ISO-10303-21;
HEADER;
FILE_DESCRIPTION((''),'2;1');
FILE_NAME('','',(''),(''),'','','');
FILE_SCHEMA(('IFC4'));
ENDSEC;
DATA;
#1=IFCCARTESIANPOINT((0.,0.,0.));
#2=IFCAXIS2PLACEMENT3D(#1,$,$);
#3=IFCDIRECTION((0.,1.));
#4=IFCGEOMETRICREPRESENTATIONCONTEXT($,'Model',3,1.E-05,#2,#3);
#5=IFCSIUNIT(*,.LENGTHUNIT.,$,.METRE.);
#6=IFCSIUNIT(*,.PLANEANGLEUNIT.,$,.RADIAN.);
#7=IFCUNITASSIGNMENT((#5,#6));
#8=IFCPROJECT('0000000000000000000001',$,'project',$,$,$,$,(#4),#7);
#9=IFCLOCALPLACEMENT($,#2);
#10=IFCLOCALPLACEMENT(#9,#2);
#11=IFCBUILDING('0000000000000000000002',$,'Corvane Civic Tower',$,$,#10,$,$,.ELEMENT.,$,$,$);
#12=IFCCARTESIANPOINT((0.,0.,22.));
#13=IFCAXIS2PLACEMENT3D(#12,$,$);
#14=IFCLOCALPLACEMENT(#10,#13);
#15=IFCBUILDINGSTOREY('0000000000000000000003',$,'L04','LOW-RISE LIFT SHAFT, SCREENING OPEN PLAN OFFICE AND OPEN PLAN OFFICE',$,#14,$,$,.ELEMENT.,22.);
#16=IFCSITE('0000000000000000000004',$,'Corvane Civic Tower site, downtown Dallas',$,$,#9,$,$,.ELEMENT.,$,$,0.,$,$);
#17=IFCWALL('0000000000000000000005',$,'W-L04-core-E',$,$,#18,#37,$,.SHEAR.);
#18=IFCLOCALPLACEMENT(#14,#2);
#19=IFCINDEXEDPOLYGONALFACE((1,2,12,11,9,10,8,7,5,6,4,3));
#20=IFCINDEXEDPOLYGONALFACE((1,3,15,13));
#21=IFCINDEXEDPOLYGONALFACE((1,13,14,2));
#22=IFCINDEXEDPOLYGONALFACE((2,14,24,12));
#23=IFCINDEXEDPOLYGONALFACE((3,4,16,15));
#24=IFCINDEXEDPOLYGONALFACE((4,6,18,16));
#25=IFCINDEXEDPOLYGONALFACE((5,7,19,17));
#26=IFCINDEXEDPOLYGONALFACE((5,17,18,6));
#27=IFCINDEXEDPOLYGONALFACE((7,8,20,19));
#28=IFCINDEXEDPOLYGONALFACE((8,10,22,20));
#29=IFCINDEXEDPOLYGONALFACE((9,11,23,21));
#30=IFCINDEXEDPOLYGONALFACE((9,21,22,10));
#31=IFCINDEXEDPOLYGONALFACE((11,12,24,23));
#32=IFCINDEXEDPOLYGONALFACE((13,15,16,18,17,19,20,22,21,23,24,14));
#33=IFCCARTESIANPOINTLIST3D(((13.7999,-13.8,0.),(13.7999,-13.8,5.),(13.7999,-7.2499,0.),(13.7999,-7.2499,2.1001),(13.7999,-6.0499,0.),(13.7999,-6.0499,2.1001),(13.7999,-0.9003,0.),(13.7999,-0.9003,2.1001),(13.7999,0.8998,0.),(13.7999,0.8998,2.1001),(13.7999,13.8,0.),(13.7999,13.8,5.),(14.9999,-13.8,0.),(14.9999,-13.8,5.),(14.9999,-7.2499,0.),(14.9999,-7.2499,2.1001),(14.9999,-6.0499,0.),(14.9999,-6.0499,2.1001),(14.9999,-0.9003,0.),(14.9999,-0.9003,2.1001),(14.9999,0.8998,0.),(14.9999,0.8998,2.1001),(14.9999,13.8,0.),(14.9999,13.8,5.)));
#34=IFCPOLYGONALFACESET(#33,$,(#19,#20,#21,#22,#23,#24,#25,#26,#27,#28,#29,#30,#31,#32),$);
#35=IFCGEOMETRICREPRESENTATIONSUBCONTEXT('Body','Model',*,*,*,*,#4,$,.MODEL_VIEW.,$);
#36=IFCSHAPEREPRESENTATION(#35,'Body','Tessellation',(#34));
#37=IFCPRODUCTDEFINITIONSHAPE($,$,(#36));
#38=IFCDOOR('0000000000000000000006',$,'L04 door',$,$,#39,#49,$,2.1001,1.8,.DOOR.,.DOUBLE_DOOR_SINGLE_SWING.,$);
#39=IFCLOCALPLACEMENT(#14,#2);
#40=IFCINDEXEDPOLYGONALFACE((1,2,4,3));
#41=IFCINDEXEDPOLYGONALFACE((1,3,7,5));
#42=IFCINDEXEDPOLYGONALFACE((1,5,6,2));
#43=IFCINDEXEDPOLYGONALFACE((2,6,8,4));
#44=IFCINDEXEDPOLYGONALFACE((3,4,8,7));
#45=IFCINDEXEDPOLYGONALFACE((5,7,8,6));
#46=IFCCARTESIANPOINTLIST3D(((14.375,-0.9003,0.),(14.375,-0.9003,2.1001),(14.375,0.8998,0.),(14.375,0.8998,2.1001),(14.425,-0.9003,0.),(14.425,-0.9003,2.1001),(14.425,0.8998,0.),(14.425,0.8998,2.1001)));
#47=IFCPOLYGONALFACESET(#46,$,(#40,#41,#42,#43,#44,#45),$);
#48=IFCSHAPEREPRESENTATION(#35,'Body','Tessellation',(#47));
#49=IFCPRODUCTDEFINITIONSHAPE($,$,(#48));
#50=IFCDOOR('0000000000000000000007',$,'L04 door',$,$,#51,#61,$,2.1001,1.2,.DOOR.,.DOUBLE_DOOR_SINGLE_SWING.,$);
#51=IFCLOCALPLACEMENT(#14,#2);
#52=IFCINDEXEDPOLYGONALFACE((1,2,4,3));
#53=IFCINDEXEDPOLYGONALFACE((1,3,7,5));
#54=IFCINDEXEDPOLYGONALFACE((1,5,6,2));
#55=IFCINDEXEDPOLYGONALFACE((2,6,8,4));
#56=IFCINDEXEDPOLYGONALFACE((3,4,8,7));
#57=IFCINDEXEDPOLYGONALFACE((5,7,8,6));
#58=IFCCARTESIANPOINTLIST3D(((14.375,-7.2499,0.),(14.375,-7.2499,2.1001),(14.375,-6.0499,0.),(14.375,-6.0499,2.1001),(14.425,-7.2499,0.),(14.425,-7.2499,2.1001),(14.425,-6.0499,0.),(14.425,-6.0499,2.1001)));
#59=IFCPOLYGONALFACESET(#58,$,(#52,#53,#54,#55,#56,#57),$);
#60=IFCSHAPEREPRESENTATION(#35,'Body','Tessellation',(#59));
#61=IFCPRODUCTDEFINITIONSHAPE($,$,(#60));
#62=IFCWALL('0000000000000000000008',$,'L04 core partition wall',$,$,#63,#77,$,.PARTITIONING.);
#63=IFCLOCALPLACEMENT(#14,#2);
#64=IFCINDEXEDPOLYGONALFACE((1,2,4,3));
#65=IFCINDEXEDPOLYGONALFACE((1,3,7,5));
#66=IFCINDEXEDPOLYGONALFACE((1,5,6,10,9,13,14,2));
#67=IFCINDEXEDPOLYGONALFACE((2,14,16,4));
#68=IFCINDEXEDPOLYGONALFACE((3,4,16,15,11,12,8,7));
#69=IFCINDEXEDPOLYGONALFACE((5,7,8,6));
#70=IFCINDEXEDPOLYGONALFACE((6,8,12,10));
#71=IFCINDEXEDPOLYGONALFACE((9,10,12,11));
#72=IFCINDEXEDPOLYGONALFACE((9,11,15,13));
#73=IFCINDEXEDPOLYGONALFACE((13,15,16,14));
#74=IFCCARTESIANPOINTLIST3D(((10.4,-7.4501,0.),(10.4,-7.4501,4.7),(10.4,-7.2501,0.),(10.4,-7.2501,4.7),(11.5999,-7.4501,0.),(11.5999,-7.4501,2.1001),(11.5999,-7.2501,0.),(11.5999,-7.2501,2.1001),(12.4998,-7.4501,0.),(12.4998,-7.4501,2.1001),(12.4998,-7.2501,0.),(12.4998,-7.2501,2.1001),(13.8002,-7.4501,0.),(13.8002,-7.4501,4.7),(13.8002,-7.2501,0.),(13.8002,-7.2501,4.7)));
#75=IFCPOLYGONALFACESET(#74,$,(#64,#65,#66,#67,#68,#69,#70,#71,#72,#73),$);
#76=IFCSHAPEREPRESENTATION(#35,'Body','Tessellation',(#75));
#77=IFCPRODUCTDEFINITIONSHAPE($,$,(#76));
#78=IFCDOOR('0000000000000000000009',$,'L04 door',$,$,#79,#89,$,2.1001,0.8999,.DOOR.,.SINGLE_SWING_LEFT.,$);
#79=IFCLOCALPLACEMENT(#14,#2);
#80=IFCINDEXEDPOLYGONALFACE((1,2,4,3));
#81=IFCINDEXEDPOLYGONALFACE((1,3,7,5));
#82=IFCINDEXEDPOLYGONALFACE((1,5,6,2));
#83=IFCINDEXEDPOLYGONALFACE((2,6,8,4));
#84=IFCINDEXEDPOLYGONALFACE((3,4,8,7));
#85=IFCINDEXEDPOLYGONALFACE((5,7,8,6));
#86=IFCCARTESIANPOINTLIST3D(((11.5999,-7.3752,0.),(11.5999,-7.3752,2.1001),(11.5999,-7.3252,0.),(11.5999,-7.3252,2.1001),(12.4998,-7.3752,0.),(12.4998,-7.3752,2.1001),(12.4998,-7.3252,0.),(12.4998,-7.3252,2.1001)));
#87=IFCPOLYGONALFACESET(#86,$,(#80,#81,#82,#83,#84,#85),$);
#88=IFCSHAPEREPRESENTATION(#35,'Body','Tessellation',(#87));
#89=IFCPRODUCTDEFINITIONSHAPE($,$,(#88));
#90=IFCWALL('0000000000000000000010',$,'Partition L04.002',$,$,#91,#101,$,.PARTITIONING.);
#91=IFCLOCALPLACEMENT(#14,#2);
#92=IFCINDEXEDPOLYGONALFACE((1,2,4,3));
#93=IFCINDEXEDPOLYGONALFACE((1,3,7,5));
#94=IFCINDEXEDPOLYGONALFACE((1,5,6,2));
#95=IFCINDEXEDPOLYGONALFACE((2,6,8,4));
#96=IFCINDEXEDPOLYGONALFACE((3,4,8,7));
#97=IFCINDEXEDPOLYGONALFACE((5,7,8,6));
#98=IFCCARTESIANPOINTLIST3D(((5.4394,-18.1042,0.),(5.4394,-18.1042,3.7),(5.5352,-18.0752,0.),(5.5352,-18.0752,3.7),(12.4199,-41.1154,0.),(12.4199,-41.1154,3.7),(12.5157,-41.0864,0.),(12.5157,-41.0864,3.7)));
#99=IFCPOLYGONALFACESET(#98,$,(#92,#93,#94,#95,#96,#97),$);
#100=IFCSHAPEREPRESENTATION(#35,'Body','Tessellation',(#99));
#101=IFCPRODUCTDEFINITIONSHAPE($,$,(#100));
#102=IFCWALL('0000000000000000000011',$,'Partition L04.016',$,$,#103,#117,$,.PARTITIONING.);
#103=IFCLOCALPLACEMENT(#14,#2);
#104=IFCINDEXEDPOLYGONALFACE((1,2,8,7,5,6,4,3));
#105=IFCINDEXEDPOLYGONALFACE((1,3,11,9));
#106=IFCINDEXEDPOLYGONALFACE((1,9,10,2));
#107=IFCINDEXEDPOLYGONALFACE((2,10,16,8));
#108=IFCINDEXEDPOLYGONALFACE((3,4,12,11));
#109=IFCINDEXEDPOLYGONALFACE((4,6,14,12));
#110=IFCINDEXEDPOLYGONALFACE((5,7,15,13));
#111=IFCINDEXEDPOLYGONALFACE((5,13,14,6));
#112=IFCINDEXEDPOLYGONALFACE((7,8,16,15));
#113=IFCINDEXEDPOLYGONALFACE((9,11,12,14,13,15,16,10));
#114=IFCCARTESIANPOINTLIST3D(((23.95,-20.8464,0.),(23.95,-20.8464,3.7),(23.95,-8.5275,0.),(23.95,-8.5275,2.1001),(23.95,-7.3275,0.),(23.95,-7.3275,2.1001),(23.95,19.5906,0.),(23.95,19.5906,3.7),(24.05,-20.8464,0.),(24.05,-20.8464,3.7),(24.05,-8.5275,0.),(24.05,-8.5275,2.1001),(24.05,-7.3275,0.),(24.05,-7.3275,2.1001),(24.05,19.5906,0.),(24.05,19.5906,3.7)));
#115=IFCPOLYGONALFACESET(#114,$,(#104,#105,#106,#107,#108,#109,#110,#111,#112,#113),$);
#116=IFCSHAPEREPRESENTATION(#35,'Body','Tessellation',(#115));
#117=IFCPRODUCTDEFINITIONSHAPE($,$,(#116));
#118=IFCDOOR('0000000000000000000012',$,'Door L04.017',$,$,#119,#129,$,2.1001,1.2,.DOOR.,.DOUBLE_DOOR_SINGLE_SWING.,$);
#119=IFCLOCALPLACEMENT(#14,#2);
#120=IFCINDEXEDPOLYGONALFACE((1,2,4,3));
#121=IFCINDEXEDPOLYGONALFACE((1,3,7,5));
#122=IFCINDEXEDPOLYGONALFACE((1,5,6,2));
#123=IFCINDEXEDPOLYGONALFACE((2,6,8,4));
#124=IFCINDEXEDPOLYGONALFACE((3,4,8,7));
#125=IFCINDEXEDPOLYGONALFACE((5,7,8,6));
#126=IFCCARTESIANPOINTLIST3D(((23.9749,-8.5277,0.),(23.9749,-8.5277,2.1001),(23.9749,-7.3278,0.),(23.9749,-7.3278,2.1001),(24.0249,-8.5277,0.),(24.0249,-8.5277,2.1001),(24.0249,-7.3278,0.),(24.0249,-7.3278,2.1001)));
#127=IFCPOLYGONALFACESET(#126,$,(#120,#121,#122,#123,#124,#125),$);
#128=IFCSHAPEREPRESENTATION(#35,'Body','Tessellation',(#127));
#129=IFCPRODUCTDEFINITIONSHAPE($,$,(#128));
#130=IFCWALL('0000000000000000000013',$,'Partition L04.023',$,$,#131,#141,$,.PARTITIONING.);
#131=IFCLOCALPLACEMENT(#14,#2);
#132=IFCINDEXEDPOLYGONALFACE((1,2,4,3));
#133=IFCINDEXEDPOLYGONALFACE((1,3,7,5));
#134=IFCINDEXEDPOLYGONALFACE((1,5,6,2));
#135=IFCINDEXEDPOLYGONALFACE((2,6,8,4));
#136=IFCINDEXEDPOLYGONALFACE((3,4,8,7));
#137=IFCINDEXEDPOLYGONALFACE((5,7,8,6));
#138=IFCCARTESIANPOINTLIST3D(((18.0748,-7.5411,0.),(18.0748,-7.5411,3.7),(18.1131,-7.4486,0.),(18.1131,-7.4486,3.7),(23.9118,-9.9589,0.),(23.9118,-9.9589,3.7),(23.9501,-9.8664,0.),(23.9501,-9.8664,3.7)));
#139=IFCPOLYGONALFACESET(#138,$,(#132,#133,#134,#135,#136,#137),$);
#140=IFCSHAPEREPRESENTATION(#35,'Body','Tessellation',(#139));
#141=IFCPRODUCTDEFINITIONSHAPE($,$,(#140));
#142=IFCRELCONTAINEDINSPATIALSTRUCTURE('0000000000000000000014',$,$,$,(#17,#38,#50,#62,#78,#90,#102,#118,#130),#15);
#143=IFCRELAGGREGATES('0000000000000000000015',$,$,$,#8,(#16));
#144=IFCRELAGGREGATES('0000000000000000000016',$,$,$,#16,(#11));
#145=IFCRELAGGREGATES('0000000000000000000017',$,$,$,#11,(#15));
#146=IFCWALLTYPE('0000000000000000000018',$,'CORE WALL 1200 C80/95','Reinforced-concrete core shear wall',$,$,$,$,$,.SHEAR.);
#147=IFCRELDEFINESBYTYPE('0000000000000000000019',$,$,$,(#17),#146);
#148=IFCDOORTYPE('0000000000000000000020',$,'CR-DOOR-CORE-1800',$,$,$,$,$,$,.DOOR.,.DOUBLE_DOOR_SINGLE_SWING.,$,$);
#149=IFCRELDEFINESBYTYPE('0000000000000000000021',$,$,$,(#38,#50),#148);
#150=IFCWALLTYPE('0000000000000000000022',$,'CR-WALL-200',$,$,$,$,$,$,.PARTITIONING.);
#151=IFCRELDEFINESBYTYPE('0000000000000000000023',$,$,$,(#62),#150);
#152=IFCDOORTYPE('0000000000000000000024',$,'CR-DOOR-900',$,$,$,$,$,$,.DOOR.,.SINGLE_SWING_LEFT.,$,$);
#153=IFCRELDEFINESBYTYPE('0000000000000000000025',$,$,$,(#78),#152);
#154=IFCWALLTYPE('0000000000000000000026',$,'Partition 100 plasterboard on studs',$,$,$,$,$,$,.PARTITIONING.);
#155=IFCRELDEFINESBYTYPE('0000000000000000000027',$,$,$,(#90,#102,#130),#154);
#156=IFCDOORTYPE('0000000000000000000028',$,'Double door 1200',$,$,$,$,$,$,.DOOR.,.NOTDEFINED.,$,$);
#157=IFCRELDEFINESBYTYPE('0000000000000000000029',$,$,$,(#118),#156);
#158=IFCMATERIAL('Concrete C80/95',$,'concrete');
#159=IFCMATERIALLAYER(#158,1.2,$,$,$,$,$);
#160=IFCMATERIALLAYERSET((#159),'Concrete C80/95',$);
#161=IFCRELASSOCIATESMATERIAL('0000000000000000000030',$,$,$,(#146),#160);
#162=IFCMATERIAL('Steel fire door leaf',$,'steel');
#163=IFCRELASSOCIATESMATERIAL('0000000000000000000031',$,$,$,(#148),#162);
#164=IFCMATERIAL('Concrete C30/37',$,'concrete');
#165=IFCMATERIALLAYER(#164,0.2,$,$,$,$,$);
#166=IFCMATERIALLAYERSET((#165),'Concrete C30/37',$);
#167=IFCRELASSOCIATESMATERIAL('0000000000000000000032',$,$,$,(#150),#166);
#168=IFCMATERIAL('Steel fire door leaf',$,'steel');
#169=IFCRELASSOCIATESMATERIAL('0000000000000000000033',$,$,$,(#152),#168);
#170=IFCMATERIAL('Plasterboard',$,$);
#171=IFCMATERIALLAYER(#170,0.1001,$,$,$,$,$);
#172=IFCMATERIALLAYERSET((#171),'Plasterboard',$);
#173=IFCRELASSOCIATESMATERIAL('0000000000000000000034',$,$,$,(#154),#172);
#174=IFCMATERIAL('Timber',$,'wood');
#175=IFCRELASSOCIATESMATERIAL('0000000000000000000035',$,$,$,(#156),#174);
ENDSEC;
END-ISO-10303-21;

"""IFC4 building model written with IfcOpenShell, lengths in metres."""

from ifc_helpers import new_model, si_unit, direction, frame, frame_2d, origin, place, context, subcontext, project, spatial, rectangle, extrude, material, layer, layer_set, type_object, element, fill, save


model = new_model("IFC4")

# Units and contexts
model_context = context("Model", 3, precision=1e-05, world=origin(), true_north=direction((0.0, 1.0)))
body_context = subcontext(model_context, "Body", "Model", "MODEL_VIEW")
ifc_project = project(units=[si_unit("LENGTHUNIT", "METRE"), si_unit("PLANEANGLEUNIT", "RADIAN")], contexts=[model_context])

# Site, building, storey
site_placement = place(None, origin())
site = spatial("IfcSite", under=ifc_project, at=site_placement, Name="Corvane Civic Tower site, downtown Dallas", CompositionType="ELEMENT", RefElevation=0.0)
building_placement = place(site_placement, origin())
building = spatial("IfcBuilding", under=site, at=building_placement, Name="Corvane Civic Tower", CompositionType="ELEMENT")
storey_placement = place(building_placement, frame((0.0, 0.0, 22.0)))
storey = spatial("IfcBuildingStorey", under=building, at=storey_placement, Name="L04", Description="LOW-RISE LIFT SHAFT, SCREENING OPEN PLAN OFFICE AND OPEN PLAN OFFICE", CompositionType="ELEMENT", Elevation=22.0)

# Wall, openings, doors
ifc_material_1 = material(Name="Concrete C80/95", Category="concrete")
ifc_layer_1 = layer(ifc_material_1, 1.2)
ifc_layer_set_1 = layer_set([ifc_layer_1], Name="Concrete C80/95")
wall_type_1 = type_object("IfcWallType", Name="CORE WALL 1200 C80/95", Description="Reinforced-concrete core shear wall", PredefinedType="SHEAR", material=ifc_layer_set_1)
wall_1_placement = place(storey_placement, frame((14.3999, -13.8, 0.0), z_axis=(0.0, 0.0, 1.0), x_axis=(0.0, 1.0, 0.0)))
wall_1 = element("IfcWall", 1, at=wall_1_placement, inside=storey, type_object=wall_type_1, Name="W-L04-core-E", PredefinedType="SHEAR", context=body_context, shape_type="SweptSolid", body=[
    extrude(rectangle(XDim=27.6001, YDim=1.2, at=frame_2d((13.8, 0.0))), origin(), (0.0, 0.0, 1.0), 5.0),
])
opening_1_placement = place(wall_1_placement, frame((12.8999, 0.0, 0.0)))
opening_1 = element("IfcOpeningElement", 2, at=opening_1_placement, cuts=wall_1, PredefinedType="OPENING", context=body_context, shape_type="SweptSolid", body=[
    extrude(rectangle(XDim=1.8, YDim=2.1001, at=frame_2d((0.8999, 1.05))), frame((0.0, 0.6099, 0.0), z_axis=(0.0, -1.0, 0.0), x_axis=(1.0, 0.0, 0.0)), (0.0, 0.0, 1.0), 1.22),
])
opening_2_placement = place(wall_1_placement, frame((6.55, 0.0, 0.0)))
opening_2 = element("IfcOpeningElement", 3, at=opening_2_placement, cuts=wall_1, PredefinedType="OPENING", context=body_context, shape_type="SweptSolid", body=[
    extrude(rectangle(XDim=1.2, YDim=2.1001, at=frame_2d((0.6001, 1.05))), frame((0.0, 0.6099, 0.0), z_axis=(0.0, -1.0, 0.0), x_axis=(1.0, 0.0, 0.0)), (0.0, 0.0, 1.0), 1.22),
])
ifc_material_2 = material(Name="Steel fire door leaf", Category="steel")
door_type_1 = type_object("IfcDoorType", Name="CR-DOOR-CORE-1800", OperationType="DOUBLE_DOOR_SINGLE_SWING", PredefinedType="DOOR", material=ifc_material_2)
door_1_placement = place(opening_1_placement, origin())
door_1 = element("IfcDoor", 4, at=door_1_placement, inside=storey, type_object=door_type_1, Name="L04 door", OperationType="DOUBLE_DOOR_SINGLE_SWING", OverallHeight=2.1001, OverallWidth=1.8, PredefinedType="DOOR", context=body_context, shape_type="SweptSolid", body=[
    extrude(rectangle(XDim=1.8, YDim=2.1001, at=frame_2d((0.8999, 1.05))), frame((0.0, 0.0249, 0.0), z_axis=(0.0, -1.0, 0.0), x_axis=(1.0, 0.0, 0.0)), (0.0, 0.0, 1.0), 0.05),
])
fill(opening_1, door_1)
door_2_placement = place(opening_2_placement, origin())
door_2 = element("IfcDoor", 5, at=door_2_placement, inside=storey, type_object=door_type_1, Name="L04 door", OperationType="DOUBLE_DOOR_SINGLE_SWING", OverallHeight=2.1001, OverallWidth=1.2, PredefinedType="DOOR", context=body_context, shape_type="SweptSolid", body=[
    extrude(rectangle(XDim=1.2, YDim=2.1001, at=frame_2d((0.6001, 1.05))), frame((0.0, 0.0249, 0.0), z_axis=(0.0, -1.0, 0.0), x_axis=(1.0, 0.0, 0.0)), (0.0, 0.0, 1.0), 0.05),
])
fill(opening_2, door_2)

# Wall, opening, door
ifc_material_3 = material(Name="Concrete C30/37", Category="concrete")
ifc_layer_2 = layer(ifc_material_3, 0.2)
ifc_layer_set_2 = layer_set([ifc_layer_2], Name="Concrete C30/37")
wall_type_2 = type_object("IfcWallType", Name="CR-WALL-200", PredefinedType="PARTITIONING", material=ifc_layer_set_2)
wall_2_placement = place(storey_placement, frame((10.3999, -7.3501, 0.0), z_axis=(0.0, 0.0, 1.0), x_axis=(1.0, 0.0, 0.0)))
wall_2 = element("IfcWall", 6, at=wall_2_placement, inside=storey, type_object=wall_type_2, Name="L04 core partition wall", PredefinedType="PARTITIONING", context=body_context, shape_type="SweptSolid", body=[
    extrude(rectangle(XDim=3.4001, YDim=0.2, at=frame_2d((1.7002, 0.0))), origin(), (0.0, 0.0, 1.0), 4.7),
])
opening_3_placement = place(wall_2_placement, frame((1.2, 0.0, 0.0)))
opening_3 = element("IfcOpeningElement", 7, at=opening_3_placement, cuts=wall_2, PredefinedType="OPENING", context=body_context, shape_type="SweptSolid", body=[
    extrude(rectangle(XDim=0.8999, YDim=2.1001, at=frame_2d((0.45, 1.05))), frame((0.0, 0.1099, 0.0), z_axis=(0.0, -1.0, 0.0), x_axis=(1.0, 0.0, 0.0)), (0.0, 0.0, 1.0), 0.22),
])
ifc_material_4 = material(Name="Steel fire door leaf", Category="steel")
door_type_2 = type_object("IfcDoorType", Name="CR-DOOR-900", OperationType="SINGLE_SWING_LEFT", PredefinedType="DOOR", material=ifc_material_4)
door_3_placement = place(opening_3_placement, origin())
door_3 = element("IfcDoor", 8, at=door_3_placement, inside=storey, type_object=door_type_2, Name="L04 door", OperationType="SINGLE_SWING_LEFT", OverallHeight=2.1001, OverallWidth=0.8999, PredefinedType="DOOR", context=body_context, shape_type="SweptSolid", body=[
    extrude(rectangle(XDim=0.8999, YDim=2.1001, at=frame_2d((0.45, 1.05))), frame((0.0, 0.0249, 0.0), z_axis=(0.0, -1.0, 0.0), x_axis=(1.0, 0.0, 0.0)), (0.0, 0.0, 1.0), 0.05),
])
fill(opening_3, door_3)

# Wall
ifc_material_5 = material(Name="Plasterboard")
ifc_layer_3 = layer(ifc_material_5, 0.1001)
ifc_layer_set_3 = layer_set([ifc_layer_3], Name="Plasterboard")
wall_type_3 = type_object("IfcWallType", Name="Partition 100 plasterboard on studs", PredefinedType="PARTITIONING", material=ifc_layer_set_3)
wall_3_placement = place(storey_placement, frame((5.4873, -18.0896, 0.0), z_axis=(0.0, 0.0, 1.0), x_axis=(0.290288, -0.956939, 0.0)))
element("IfcWall", 9, at=wall_3_placement, inside=storey, type_object=wall_type_3, Name="Partition L04.002", PredefinedType="PARTITIONING", context=body_context, shape_type="SweptSolid", body=[
    extrude(rectangle(XDim=24.0466, YDim=0.1001, at=frame_2d((12.0234, 0.0))), origin(), (0.0, 0.0, 1.0), 3.7),
])

# Wall, opening, door
wall_4_placement = place(storey_placement, frame((24.0, -20.8464, 0.0), z_axis=(0.0, 0.0, 1.0), x_axis=(0.0, 1.0, 0.0)))
wall_4 = element("IfcWall", 10, at=wall_4_placement, inside=storey, type_object=wall_type_3, Name="Partition L04.016", PredefinedType="PARTITIONING", context=body_context, shape_type="SweptSolid", body=[
    extrude(rectangle(XDim=40.437, YDim=0.1001, at=frame_2d((20.2185, 0.0))), origin(), (0.0, 0.0, 1.0), 3.7),
])
opening_4_placement = place(wall_4_placement, frame((12.3188, 0.0, 0.0)))
opening_4 = element("IfcOpeningElement", 11, at=opening_4_placement, cuts=wall_4, PredefinedType="OPENING", context=body_context, shape_type="SweptSolid", body=[
    extrude(rectangle(XDim=1.2, YDim=2.1001, at=frame_2d((0.6001, 1.05))), frame((0.0, 0.0601, 0.0), z_axis=(0.0, -1.0, 0.0), x_axis=(1.0, 0.0, 0.0)), (0.0, 0.0, 1.0), 0.1201),
])
ifc_material_6 = material(Name="Timber", Category="wood")
door_type_3 = type_object("IfcDoorType", Name="Double door 1200", OperationType="NOTDEFINED", PredefinedType="DOOR", material=ifc_material_6)
door_4_placement = place(opening_4_placement, frame((1.2, 0.0, 0.0), z_axis=(0.0, 0.0, 1.0), x_axis=(-1.0, 0.0, 0.0)))
door_4 = element("IfcDoor", 12, at=door_4_placement, inside=storey, type_object=door_type_3, Name="Door L04.017", OperationType="DOUBLE_DOOR_SINGLE_SWING", OverallHeight=2.1001, OverallWidth=1.2, PredefinedType="DOOR", context=body_context, shape_type="SweptSolid", body=[
    extrude(rectangle(XDim=1.2, YDim=2.1001, at=frame_2d((0.6001, 1.05))), frame((0.0, 0.0249, 0.0), z_axis=(0.0, -1.0, 0.0), x_axis=(1.0, 0.0, 0.0)), (0.0, 0.0, 1.0), 0.05),
])
fill(opening_4, door_4)

# Wall
wall_5_placement = place(storey_placement, frame((18.094, -7.4949, 0.0), z_axis=(0.0, 0.0, 1.0), x_axis=(0.92388, -0.382683, 0.0)))
element("IfcWall", 13, at=wall_5_placement, inside=storey, type_object=wall_type_3, Name="Partition L04.023", PredefinedType="PARTITIONING", context=body_context, shape_type="SweptSolid", body=[
    extrude(rectangle(XDim=6.3179, YDim=0.1001, at=frame_2d((3.1589, 0.0))), origin(), (0.0, 0.0, 1.0), 3.7),
])

save(model, "model.ifc")
